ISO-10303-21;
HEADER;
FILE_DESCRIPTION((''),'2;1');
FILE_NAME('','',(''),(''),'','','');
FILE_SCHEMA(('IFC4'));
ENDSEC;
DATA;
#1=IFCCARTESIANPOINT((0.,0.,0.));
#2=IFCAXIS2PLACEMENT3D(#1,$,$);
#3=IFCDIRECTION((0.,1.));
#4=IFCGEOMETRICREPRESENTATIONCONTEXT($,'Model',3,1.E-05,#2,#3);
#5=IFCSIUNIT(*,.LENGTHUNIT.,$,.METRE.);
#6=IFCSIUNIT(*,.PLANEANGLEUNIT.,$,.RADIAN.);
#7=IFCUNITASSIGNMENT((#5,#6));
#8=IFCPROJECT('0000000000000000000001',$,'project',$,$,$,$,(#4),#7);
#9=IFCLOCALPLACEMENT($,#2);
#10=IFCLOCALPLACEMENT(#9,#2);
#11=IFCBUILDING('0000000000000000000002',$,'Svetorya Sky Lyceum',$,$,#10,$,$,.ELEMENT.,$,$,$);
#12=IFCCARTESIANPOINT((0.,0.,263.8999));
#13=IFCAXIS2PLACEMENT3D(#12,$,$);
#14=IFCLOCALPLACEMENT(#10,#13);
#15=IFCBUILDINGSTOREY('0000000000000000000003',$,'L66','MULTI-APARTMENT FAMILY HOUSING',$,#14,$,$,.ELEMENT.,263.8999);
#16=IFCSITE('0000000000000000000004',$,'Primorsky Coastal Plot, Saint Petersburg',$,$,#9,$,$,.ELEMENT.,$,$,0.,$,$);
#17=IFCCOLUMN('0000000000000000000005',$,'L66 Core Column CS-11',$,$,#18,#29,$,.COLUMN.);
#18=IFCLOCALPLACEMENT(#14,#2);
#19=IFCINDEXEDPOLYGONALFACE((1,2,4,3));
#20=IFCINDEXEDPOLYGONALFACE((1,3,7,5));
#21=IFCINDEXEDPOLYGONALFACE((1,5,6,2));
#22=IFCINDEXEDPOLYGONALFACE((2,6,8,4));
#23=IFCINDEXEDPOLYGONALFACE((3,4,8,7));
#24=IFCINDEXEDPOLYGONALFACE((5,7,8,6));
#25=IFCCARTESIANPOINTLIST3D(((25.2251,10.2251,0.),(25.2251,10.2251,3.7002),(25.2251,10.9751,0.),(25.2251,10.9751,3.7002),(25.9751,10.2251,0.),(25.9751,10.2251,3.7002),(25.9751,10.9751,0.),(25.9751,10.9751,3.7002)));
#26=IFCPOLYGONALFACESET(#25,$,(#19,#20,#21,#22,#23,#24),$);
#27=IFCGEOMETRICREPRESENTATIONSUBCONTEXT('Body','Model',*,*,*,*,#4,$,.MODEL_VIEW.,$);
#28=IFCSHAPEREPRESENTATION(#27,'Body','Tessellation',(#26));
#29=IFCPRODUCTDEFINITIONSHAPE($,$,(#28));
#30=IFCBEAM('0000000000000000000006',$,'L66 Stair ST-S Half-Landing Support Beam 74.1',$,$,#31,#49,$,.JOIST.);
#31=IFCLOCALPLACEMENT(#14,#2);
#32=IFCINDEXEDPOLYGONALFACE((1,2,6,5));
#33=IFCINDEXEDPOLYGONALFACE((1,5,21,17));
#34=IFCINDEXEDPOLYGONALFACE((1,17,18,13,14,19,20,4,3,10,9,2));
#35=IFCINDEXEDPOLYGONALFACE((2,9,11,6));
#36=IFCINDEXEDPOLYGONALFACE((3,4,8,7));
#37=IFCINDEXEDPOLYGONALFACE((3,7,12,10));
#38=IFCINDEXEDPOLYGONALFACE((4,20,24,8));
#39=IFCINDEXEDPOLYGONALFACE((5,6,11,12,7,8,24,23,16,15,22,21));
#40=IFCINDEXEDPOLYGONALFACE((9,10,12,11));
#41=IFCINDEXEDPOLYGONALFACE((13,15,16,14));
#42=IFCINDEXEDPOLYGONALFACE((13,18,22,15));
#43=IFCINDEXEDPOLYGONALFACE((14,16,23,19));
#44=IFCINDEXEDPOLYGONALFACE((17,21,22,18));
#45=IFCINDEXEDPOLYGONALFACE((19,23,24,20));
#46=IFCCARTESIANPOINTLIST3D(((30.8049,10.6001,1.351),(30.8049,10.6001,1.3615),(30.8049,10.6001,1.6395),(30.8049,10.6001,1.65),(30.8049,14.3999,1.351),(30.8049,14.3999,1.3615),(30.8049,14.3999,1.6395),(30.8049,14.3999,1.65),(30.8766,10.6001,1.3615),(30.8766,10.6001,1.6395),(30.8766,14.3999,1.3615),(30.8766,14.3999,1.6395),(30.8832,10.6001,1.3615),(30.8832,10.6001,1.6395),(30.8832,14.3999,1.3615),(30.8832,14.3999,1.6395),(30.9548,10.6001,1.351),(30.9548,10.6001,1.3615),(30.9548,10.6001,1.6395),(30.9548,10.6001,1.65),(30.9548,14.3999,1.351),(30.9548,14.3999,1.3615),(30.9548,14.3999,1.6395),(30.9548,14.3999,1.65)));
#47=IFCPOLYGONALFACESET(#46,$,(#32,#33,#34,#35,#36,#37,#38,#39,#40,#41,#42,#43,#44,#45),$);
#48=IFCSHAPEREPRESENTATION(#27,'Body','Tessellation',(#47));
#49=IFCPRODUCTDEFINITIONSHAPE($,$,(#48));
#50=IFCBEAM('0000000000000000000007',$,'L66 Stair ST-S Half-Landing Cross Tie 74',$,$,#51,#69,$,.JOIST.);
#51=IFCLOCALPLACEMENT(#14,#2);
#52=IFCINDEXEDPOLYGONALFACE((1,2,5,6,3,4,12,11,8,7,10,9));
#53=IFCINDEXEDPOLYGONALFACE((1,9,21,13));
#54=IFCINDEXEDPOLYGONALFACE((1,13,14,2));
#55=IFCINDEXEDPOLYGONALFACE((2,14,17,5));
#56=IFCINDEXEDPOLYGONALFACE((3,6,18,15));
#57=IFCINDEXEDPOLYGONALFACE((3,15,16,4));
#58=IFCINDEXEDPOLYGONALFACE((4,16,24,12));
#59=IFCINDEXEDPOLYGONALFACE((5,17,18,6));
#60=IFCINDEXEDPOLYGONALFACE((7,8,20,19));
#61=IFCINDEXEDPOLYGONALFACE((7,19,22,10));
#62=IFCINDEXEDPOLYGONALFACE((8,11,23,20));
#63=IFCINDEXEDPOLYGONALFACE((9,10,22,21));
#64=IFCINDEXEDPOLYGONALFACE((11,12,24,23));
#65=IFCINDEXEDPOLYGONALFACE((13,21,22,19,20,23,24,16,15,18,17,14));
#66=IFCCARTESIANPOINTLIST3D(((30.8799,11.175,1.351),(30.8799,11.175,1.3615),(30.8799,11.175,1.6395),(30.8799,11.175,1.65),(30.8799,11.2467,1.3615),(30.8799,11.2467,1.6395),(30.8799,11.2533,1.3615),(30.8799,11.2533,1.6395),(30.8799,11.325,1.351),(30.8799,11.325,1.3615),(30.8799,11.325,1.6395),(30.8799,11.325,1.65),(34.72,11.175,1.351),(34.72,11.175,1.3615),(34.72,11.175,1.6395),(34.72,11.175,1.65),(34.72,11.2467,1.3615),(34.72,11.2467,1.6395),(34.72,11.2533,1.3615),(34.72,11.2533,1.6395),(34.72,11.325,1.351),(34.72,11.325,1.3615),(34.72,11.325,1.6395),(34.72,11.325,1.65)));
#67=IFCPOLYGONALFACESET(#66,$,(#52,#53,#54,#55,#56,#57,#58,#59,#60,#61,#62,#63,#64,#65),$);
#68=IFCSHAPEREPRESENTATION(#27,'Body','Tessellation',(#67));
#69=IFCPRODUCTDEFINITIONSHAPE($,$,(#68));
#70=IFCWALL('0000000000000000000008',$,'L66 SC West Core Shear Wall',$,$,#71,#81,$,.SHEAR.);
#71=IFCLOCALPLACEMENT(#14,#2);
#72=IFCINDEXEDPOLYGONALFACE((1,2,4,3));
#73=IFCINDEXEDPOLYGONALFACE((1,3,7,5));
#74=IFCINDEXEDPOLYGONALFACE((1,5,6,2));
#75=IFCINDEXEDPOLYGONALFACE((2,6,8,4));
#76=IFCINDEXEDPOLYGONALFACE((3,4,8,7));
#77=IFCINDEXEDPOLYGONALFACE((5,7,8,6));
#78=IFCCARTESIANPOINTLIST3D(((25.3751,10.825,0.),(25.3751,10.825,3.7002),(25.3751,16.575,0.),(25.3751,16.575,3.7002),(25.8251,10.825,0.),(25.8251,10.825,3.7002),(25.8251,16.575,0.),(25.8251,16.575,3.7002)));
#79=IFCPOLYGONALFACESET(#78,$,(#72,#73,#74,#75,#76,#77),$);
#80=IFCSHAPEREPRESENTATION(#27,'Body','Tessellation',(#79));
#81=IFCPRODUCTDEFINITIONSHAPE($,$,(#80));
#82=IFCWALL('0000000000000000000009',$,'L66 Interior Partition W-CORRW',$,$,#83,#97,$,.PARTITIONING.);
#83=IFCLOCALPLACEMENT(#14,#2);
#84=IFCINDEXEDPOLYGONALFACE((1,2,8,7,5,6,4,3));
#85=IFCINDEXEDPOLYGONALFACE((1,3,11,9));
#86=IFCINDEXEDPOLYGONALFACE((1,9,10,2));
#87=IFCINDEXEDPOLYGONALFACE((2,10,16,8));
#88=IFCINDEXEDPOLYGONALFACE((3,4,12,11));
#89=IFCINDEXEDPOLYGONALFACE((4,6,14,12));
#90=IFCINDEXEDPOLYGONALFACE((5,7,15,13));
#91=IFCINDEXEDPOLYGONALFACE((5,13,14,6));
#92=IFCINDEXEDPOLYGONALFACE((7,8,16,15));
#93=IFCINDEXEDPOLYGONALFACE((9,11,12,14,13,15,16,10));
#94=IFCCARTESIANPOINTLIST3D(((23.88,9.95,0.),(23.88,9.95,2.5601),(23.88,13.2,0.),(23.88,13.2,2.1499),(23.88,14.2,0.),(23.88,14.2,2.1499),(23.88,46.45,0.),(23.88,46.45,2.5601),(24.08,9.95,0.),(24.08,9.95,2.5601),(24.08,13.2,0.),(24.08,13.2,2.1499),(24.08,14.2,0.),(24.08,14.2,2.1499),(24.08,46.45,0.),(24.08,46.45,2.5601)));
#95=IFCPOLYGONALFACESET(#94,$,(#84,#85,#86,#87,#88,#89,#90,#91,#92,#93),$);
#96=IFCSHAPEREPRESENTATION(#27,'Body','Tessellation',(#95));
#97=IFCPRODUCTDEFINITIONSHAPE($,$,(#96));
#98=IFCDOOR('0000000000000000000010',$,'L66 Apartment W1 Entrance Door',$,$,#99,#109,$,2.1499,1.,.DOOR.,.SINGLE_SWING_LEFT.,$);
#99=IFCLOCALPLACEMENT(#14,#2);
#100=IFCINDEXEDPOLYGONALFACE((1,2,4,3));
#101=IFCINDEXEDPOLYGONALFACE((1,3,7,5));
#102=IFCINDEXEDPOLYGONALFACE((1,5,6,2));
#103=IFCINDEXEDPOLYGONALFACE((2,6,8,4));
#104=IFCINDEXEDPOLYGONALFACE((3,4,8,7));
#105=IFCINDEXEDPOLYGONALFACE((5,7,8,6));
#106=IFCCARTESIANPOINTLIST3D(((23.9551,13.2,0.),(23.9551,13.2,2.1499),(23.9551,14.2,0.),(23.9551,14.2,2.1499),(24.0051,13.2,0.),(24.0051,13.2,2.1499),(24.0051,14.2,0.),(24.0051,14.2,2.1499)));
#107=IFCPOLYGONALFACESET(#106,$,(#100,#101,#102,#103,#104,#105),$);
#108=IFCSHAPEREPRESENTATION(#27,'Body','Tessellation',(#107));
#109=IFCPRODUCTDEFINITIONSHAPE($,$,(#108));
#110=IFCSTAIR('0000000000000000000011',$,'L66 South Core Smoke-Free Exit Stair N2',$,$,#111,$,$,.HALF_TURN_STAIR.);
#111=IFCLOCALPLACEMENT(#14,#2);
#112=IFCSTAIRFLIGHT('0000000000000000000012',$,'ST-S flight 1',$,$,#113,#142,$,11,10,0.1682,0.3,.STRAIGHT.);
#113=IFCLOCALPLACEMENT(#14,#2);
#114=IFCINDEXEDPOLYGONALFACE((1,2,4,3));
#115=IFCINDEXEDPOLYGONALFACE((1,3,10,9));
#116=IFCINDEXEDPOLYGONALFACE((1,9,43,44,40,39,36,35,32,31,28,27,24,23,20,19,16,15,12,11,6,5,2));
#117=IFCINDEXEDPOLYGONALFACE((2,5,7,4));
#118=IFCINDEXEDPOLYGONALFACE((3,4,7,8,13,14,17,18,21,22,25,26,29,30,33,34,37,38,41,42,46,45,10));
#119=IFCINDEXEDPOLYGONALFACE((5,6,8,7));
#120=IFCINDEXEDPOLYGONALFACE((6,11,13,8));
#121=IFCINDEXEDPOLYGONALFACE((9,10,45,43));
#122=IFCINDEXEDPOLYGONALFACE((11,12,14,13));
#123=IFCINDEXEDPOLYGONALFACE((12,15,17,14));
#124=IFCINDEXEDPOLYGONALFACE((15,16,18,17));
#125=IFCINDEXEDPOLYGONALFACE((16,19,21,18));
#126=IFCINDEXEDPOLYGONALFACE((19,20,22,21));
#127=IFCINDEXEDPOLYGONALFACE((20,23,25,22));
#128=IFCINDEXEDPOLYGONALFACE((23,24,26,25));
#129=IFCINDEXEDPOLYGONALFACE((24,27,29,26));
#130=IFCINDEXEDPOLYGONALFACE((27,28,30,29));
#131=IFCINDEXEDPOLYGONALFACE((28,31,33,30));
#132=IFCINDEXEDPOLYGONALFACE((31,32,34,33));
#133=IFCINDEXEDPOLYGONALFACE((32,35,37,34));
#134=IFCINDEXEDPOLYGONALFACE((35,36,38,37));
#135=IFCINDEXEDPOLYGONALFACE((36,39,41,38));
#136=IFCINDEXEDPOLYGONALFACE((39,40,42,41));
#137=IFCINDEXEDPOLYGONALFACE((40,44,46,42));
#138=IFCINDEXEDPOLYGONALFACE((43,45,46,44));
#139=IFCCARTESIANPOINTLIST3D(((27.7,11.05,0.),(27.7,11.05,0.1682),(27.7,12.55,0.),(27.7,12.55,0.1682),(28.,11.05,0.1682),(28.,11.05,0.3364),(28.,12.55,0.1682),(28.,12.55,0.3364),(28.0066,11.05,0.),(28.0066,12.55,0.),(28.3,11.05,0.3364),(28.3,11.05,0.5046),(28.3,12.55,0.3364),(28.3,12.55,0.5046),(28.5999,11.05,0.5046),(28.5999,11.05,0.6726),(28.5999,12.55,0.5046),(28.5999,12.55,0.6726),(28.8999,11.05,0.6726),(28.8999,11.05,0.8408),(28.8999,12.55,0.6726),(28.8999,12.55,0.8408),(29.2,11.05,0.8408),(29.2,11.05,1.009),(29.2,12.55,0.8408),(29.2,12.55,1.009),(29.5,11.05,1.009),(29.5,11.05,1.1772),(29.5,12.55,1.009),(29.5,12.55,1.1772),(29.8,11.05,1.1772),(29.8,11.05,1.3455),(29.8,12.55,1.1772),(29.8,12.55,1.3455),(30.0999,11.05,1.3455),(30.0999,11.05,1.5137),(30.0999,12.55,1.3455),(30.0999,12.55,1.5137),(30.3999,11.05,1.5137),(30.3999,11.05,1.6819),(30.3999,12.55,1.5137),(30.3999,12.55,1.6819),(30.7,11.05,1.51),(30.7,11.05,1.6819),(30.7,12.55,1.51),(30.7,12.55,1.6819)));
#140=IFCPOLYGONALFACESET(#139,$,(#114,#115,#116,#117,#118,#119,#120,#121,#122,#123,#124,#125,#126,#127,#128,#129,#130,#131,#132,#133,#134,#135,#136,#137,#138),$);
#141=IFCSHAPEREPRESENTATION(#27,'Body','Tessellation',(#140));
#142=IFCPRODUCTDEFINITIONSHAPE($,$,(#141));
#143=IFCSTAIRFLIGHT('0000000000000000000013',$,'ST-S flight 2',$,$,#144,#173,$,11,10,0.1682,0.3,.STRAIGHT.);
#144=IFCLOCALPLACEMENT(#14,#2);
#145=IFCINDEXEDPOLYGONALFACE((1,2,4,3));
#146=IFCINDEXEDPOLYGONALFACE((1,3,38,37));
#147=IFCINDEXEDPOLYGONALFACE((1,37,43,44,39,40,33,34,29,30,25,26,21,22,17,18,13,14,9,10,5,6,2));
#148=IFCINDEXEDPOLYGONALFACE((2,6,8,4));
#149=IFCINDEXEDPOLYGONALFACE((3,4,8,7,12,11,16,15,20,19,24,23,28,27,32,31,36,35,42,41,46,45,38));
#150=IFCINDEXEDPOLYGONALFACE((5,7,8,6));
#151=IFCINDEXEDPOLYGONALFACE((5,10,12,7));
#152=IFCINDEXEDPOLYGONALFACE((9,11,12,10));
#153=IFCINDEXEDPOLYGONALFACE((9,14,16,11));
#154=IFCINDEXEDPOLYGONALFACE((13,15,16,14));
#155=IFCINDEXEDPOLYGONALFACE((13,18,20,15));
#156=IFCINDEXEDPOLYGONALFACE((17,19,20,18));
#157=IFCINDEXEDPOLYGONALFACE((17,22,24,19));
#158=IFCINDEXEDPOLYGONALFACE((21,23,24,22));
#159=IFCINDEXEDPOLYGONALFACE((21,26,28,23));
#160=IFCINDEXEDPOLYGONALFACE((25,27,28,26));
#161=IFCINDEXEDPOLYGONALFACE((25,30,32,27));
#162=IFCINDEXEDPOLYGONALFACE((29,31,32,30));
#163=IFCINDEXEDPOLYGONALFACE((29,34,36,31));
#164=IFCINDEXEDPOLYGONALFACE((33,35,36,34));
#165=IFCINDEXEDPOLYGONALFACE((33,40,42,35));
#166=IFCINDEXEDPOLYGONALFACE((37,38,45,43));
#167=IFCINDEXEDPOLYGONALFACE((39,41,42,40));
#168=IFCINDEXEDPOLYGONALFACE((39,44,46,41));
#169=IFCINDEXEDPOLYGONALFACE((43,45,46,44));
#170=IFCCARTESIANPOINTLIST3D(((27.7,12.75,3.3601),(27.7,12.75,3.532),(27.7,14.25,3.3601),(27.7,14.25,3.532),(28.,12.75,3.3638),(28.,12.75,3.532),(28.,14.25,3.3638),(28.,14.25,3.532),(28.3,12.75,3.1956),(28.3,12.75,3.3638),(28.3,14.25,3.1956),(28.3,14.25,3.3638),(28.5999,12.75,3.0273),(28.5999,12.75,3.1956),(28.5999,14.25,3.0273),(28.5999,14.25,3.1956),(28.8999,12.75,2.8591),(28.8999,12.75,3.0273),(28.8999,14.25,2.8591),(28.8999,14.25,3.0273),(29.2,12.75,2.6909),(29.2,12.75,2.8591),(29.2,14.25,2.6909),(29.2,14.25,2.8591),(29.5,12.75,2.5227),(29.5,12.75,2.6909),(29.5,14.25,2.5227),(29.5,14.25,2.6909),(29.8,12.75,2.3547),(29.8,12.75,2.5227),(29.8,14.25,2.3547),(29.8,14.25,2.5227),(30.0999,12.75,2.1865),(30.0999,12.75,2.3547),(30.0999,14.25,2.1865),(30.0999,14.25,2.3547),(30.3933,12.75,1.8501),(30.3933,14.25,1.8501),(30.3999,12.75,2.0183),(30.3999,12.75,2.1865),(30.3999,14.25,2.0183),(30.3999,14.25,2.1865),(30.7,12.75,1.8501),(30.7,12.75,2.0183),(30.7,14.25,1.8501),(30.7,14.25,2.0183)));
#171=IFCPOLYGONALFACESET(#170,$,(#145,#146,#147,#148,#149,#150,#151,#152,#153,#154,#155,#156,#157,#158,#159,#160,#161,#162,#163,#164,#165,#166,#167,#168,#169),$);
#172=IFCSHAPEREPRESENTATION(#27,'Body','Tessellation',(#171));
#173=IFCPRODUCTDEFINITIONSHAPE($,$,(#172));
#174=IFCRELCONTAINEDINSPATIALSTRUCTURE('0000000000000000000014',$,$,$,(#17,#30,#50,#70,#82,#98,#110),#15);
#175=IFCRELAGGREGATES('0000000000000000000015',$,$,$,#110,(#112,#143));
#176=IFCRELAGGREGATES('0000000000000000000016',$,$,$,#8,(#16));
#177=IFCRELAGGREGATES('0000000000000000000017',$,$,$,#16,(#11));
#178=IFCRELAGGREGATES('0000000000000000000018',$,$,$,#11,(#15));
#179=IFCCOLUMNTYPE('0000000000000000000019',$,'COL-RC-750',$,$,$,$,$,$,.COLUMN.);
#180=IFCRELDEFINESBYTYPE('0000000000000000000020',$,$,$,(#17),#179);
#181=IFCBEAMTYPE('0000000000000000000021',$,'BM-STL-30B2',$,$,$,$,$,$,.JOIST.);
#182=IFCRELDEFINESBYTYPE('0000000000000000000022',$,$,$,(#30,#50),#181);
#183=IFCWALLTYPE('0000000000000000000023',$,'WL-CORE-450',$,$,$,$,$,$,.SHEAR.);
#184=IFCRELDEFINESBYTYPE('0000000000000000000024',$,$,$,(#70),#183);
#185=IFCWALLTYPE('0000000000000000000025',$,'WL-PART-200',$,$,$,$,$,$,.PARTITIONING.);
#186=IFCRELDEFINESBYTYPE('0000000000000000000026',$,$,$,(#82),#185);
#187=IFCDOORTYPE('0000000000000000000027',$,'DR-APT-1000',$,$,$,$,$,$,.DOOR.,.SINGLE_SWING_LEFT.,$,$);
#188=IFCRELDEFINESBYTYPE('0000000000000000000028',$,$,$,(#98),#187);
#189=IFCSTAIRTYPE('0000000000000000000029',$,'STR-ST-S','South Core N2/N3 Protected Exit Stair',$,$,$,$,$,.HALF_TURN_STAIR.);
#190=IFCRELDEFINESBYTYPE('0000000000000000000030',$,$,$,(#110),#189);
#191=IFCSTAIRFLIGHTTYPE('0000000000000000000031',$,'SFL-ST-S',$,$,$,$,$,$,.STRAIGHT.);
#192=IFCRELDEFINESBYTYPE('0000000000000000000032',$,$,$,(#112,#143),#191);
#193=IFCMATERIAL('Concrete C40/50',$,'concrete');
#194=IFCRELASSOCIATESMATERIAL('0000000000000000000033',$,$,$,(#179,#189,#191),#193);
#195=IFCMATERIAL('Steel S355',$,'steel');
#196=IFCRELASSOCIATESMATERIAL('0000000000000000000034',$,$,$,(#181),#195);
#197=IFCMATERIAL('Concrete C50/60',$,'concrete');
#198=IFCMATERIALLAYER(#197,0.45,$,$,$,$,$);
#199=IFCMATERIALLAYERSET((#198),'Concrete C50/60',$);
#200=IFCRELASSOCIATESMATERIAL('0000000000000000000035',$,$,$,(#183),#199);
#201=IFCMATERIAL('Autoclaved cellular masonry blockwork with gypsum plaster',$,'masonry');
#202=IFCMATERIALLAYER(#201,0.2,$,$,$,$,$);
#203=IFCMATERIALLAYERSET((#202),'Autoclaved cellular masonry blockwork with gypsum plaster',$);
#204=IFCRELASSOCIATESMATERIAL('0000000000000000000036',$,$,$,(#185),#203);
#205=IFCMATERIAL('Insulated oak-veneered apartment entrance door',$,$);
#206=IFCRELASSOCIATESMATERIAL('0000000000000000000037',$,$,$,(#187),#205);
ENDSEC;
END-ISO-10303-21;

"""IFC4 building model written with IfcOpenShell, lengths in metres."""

from ifc_helpers import new_model, si_unit, direction, frame, frame_2d, origin, origin_2d, place, context, subcontext, project, spatial, polyline, rectangle, i_section, outline, extrude, material, layer, layer_set, material_profile, profile_set, type_object, element, fill, aggregate, save


model = new_model("IFC4")

# Units and contexts
model_context = context("Model", 3, precision=1e-05, world=origin(), true_north=direction((0.0, 1.0)))
body_context = subcontext(model_context, "Body", "Model", "MODEL_VIEW")
ifc_project = project(units=[si_unit("LENGTHUNIT", "METRE"), si_unit("PLANEANGLEUNIT", "RADIAN")], contexts=[model_context])

# Site, building, storey
site_placement = place(None, origin())
site = spatial("IfcSite", under=ifc_project, at=site_placement, Name="Primorsky Coastal Plot, Saint Petersburg", CompositionType="ELEMENT", RefElevation=0.0)
building_placement = place(site_placement, origin())
building = spatial("IfcBuilding", under=site, at=building_placement, Name="Svetorya Sky Lyceum", CompositionType="ELEMENT")
storey_placement = place(building_placement, frame((0.0, 0.0, 263.8999)))
storey = spatial("IfcBuildingStorey", under=building, at=storey_placement, Name="L66", Description="MULTI-APARTMENT FAMILY HOUSING", CompositionType="ELEMENT", Elevation=263.8999)

# Column
ifc_material_1 = material(Name="Concrete C40/50", Category="concrete")
ifc_material_profile_1 = material_profile(ifc_material_1, rectangle(XDim=0.75, YDim=0.75, at=origin_2d()), Name="RC COL 750x750")
ifc_profile_set_1 = profile_set([ifc_material_profile_1], Name="Concrete C40/50")
column_type = type_object("IfcColumnType", Name="COL-RC-750", PredefinedType="COLUMN", material=ifc_profile_set_1)
column_placement = place(storey_placement, frame((25.6001, 10.6001, 0.0), z_axis=(0.0, 0.0, 1.0), x_axis=(1.0, 0.0, 0.0)))
element("IfcColumn", 1, at=column_placement, inside=storey, type_object=column_type, Name="L66 Core Column CS-11", PredefinedType="COLUMN", context=body_context, shape_type="SweptSolid", body=[
    extrude(rectangle(XDim=0.75, YDim=0.75, at=origin_2d()), origin(), (0.0, 0.0, 1.0), 3.7002),
])

# Beams
ifc_material_2 = material(Name="Steel S355", Category="steel")
ifc_material_profile_2 = material_profile(ifc_material_2, i_section(OverallWidth=0.1499, OverallDepth=0.2991, WebThickness=0.0066, FlangeThickness=0.0105, at=origin_2d()), Name="GOST 30B2")
ifc_profile_set_2 = profile_set([ifc_material_profile_2], Name="Steel S355")
beam_type = type_object("IfcBeamType", Name="BM-STL-30B2", PredefinedType="JOIST", material=ifc_profile_set_2)
beam_1_placement = place(storey_placement, frame((30.8799, 10.6001, 1.5005), z_axis=(0.0, 1.0, 0.0), x_axis=(-1.0, 0.0, 0.0)))
element("IfcBeam", 2, at=beam_1_placement, inside=storey, type_object=beam_type, Name="L66 Stair ST-S Half-Landing Support Beam 74.1", PredefinedType="JOIST", context=body_context, shape_type="SweptSolid", body=[
    extrude(i_section(OverallWidth=0.1499, OverallDepth=0.2991, WebThickness=0.0066, FlangeThickness=0.0105, at=origin_2d()), origin(), (0.0, 0.0, 1.0), 3.7998),
])
beam_2_placement = place(storey_placement, frame((30.8799, 11.25, 1.5005), z_axis=(1.0, 0.0, 0.0), x_axis=(0.0, 1.0, 0.0)))
element("IfcBeam", 3, at=beam_2_placement, inside=storey, type_object=beam_type, Name="L66 Stair ST-S Half-Landing Cross Tie 74", PredefinedType="JOIST", context=body_context, shape_type="SweptSolid", body=[
    extrude(i_section(OverallWidth=0.1499, OverallDepth=0.2991, WebThickness=0.0066, FlangeThickness=0.0105, at=origin_2d()), origin(), (0.0, 0.0, 1.0), 3.8401),
])

# Wall
ifc_material_3 = material(Name="Concrete C50/60", Category="concrete")
ifc_layer_1 = layer(ifc_material_3, 0.45)
ifc_layer_set_1 = layer_set([ifc_layer_1], Name="Concrete C50/60")
wall_type_1 = type_object("IfcWallType", Name="WL-CORE-450", PredefinedType="SHEAR", material=ifc_layer_set_1)
wall_1_placement = place(storey_placement, frame((25.6001, 10.825, 0.0), z_axis=(0.0, 0.0, 1.0), x_axis=(0.0, 1.0, 0.0)))
element("IfcWall", 4, at=wall_1_placement, inside=storey, type_object=wall_type_1, Name="L66 SC West Core Shear Wall", PredefinedType="SHEAR", context=body_context, shape_type="SweptSolid", body=[
    extrude(rectangle(XDim=5.75, YDim=0.45, at=frame_2d((2.875, 0.0))), origin(), (0.0, 0.0, 1.0), 3.7002),
])

# Wall, opening, door
ifc_material_4 = material(Name="Autoclaved cellular masonry blockwork with gypsum plaster", Category="masonry")
ifc_layer_2 = layer(ifc_material_4, 0.2)
ifc_layer_set_2 = layer_set([ifc_layer_2], Name="Autoclaved cellular masonry blockwork with gypsum plaster")
wall_type_2 = type_object("IfcWallType", Name="WL-PART-200", PredefinedType="PARTITIONING", material=ifc_layer_set_2)
wall_2_placement = place(storey_placement, frame((23.98, 9.95, 0.0), z_axis=(0.0, 0.0, 1.0), x_axis=(0.0, 1.0, 0.0)))
wall_2 = element("IfcWall", 5, at=wall_2_placement, inside=storey, type_object=wall_type_2, Name="L66 Interior Partition W-CORRW", PredefinedType="PARTITIONING", context=body_context, shape_type="SweptSolid", body=[
    extrude(rectangle(XDim=36.5, YDim=0.2, at=frame_2d((18.25, 0.0))), origin(), (0.0, 0.0, 1.0), 2.5601),
])
opening_placement = place(wall_2_placement, frame((3.25, 0.0, 0.0)))
opening = element("IfcOpeningElement", 6, at=opening_placement, cuts=wall_2, PredefinedType="OPENING", context=body_context, shape_type="SweptSolid", body=[
    extrude(rectangle(XDim=1.0, YDim=2.1499, at=frame_2d((0.5, 1.075))), frame((0.0, 0.1099, 0.0), z_axis=(0.0, -1.0, 0.0), x_axis=(1.0, 0.0, 0.0)), (0.0, 0.0, 1.0), 0.22),
])
ifc_material_5 = material(Name="Insulated oak-veneered apartment entrance door")
door_type = type_object("IfcDoorType", Name="DR-APT-1000", OperationType="SINGLE_SWING_LEFT", PredefinedType="DOOR", material=ifc_material_5)
door_placement = place(opening_placement, origin())
door = element("IfcDoor", 7, at=door_placement, inside=storey, type_object=door_type, Name="L66 Apartment W1 Entrance Door", OperationType="SINGLE_SWING_LEFT", OverallHeight=2.1499, OverallWidth=1.0, PredefinedType="DOOR", context=body_context, shape_type="SweptSolid", body=[
    extrude(rectangle(XDim=1.0, YDim=2.1499, at=frame_2d((0.5, 1.075))), frame((0.0, 0.0249, 0.0), z_axis=(0.0, -1.0, 0.0), x_axis=(1.0, 0.0, 0.0)), (0.0, 0.0, 1.0), 0.05),
])
fill(opening, door)

# Stair, stair flights
stair_type = type_object("IfcStairType", Name="STR-ST-S", Description="South Core N2/N3 Protected Exit Stair", PredefinedType="HALF_TURN_STAIR", material=ifc_material_1)
stair_placement = place(storey_placement, origin())
stair = element("IfcStair", 8, at=stair_placement, inside=storey, type_object=stair_type, Name="L66 South Core Smoke-Free Exit Stair N2", PredefinedType="HALF_TURN_STAIR")
stair_flight_type = type_object("IfcStairFlightType", Name="SFL-ST-S", PredefinedType="STRAIGHT", material=ifc_material_1)
stair_flight_1_placement = place(storey_placement, frame((27.7, 11.8, 0.0), z_axis=(0.0, 0.0, 1.0), x_axis=(1.0, 0.0, 0.0)))
stair_flight_1 = element("IfcStairFlight", 9, at=stair_flight_1_placement, type_object=stair_flight_type, Name="ST-S flight 1", NumberOfRisers=11, NumberOfTreads=10, PredefinedType="STRAIGHT", RiserHeight=0.1682, TreadLength=0.3, context=body_context, shape_type="SweptSolid", body=[
    extrude(outline(polyline([(0.0, 0.0), (0.0, 0.1682), (0.3, 0.1682), (0.3, 0.3364), (0.6001, 0.3364), (0.6001, 0.5046), (0.8999, 0.5046), (0.8999, 0.6726), (1.2, 0.6726), (1.2, 0.8408), (1.5, 0.8408), (1.5, 1.009), (1.8, 1.009), (1.8, 1.1772), (2.1001, 1.1772), (2.1001, 1.3455), (2.3999, 1.3455), (2.3999, 1.5137), (2.7, 1.5137), (2.7, 1.6819), (3.0, 1.6819), (3.0, 1.8501), (3.0, 1.51), (0.3066, 0.0), (0.0, 0.0)])), frame((0.0, 0.75, 0.0), z_axis=(0.0, -1.0, 0.0), x_axis=(1.0, 0.0, 0.0)), (0.0, 0.0, 1.0), 1.5),
])
stair_flight_2_placement = place(storey_placement, frame((30.7, 13.5, 1.8501), z_axis=(0.0, 0.0, 1.0), x_axis=(-1.0, 0.0, 0.0)))
stair_flight_2 = element("IfcStairFlight", 10, at=stair_flight_2_placement, type_object=stair_flight_type, Name="ST-S flight 2", NumberOfRisers=11, NumberOfTreads=10, PredefinedType="STRAIGHT", RiserHeight=0.1682, TreadLength=0.3, context=body_context, shape_type="SweptSolid", body=[
    extrude(outline(polyline([(0.0, 0.0), (0.0, 0.1682), (0.3, 0.1682), (0.3, 0.3364), (0.6001, 0.3364), (0.6001, 0.5046), (0.8999, 0.5046), (0.8999, 0.6726), (1.2, 0.6726), (1.2, 0.8408), (1.5, 0.8408), (1.5, 1.009), (1.8, 1.009), (1.8, 1.1772), (2.1001, 1.1772), (2.1001, 1.3455), (2.3999, 1.3455), (2.3999, 1.5137), (2.7, 1.5137), (2.7, 1.6819), (3.0, 1.6819), (3.0, 1.8501), (3.0, 1.51), (0.3066, 0.0), (0.0, 0.0)])), frame((0.0, 0.75, 0.0), z_axis=(0.0, -1.0, 0.0), x_axis=(1.0, 0.0, 0.0)), (0.0, 0.0, 1.0), 1.5),
])
aggregate(stair, [stair_flight_1, stair_flight_2])

save(model, "model.ifc")
